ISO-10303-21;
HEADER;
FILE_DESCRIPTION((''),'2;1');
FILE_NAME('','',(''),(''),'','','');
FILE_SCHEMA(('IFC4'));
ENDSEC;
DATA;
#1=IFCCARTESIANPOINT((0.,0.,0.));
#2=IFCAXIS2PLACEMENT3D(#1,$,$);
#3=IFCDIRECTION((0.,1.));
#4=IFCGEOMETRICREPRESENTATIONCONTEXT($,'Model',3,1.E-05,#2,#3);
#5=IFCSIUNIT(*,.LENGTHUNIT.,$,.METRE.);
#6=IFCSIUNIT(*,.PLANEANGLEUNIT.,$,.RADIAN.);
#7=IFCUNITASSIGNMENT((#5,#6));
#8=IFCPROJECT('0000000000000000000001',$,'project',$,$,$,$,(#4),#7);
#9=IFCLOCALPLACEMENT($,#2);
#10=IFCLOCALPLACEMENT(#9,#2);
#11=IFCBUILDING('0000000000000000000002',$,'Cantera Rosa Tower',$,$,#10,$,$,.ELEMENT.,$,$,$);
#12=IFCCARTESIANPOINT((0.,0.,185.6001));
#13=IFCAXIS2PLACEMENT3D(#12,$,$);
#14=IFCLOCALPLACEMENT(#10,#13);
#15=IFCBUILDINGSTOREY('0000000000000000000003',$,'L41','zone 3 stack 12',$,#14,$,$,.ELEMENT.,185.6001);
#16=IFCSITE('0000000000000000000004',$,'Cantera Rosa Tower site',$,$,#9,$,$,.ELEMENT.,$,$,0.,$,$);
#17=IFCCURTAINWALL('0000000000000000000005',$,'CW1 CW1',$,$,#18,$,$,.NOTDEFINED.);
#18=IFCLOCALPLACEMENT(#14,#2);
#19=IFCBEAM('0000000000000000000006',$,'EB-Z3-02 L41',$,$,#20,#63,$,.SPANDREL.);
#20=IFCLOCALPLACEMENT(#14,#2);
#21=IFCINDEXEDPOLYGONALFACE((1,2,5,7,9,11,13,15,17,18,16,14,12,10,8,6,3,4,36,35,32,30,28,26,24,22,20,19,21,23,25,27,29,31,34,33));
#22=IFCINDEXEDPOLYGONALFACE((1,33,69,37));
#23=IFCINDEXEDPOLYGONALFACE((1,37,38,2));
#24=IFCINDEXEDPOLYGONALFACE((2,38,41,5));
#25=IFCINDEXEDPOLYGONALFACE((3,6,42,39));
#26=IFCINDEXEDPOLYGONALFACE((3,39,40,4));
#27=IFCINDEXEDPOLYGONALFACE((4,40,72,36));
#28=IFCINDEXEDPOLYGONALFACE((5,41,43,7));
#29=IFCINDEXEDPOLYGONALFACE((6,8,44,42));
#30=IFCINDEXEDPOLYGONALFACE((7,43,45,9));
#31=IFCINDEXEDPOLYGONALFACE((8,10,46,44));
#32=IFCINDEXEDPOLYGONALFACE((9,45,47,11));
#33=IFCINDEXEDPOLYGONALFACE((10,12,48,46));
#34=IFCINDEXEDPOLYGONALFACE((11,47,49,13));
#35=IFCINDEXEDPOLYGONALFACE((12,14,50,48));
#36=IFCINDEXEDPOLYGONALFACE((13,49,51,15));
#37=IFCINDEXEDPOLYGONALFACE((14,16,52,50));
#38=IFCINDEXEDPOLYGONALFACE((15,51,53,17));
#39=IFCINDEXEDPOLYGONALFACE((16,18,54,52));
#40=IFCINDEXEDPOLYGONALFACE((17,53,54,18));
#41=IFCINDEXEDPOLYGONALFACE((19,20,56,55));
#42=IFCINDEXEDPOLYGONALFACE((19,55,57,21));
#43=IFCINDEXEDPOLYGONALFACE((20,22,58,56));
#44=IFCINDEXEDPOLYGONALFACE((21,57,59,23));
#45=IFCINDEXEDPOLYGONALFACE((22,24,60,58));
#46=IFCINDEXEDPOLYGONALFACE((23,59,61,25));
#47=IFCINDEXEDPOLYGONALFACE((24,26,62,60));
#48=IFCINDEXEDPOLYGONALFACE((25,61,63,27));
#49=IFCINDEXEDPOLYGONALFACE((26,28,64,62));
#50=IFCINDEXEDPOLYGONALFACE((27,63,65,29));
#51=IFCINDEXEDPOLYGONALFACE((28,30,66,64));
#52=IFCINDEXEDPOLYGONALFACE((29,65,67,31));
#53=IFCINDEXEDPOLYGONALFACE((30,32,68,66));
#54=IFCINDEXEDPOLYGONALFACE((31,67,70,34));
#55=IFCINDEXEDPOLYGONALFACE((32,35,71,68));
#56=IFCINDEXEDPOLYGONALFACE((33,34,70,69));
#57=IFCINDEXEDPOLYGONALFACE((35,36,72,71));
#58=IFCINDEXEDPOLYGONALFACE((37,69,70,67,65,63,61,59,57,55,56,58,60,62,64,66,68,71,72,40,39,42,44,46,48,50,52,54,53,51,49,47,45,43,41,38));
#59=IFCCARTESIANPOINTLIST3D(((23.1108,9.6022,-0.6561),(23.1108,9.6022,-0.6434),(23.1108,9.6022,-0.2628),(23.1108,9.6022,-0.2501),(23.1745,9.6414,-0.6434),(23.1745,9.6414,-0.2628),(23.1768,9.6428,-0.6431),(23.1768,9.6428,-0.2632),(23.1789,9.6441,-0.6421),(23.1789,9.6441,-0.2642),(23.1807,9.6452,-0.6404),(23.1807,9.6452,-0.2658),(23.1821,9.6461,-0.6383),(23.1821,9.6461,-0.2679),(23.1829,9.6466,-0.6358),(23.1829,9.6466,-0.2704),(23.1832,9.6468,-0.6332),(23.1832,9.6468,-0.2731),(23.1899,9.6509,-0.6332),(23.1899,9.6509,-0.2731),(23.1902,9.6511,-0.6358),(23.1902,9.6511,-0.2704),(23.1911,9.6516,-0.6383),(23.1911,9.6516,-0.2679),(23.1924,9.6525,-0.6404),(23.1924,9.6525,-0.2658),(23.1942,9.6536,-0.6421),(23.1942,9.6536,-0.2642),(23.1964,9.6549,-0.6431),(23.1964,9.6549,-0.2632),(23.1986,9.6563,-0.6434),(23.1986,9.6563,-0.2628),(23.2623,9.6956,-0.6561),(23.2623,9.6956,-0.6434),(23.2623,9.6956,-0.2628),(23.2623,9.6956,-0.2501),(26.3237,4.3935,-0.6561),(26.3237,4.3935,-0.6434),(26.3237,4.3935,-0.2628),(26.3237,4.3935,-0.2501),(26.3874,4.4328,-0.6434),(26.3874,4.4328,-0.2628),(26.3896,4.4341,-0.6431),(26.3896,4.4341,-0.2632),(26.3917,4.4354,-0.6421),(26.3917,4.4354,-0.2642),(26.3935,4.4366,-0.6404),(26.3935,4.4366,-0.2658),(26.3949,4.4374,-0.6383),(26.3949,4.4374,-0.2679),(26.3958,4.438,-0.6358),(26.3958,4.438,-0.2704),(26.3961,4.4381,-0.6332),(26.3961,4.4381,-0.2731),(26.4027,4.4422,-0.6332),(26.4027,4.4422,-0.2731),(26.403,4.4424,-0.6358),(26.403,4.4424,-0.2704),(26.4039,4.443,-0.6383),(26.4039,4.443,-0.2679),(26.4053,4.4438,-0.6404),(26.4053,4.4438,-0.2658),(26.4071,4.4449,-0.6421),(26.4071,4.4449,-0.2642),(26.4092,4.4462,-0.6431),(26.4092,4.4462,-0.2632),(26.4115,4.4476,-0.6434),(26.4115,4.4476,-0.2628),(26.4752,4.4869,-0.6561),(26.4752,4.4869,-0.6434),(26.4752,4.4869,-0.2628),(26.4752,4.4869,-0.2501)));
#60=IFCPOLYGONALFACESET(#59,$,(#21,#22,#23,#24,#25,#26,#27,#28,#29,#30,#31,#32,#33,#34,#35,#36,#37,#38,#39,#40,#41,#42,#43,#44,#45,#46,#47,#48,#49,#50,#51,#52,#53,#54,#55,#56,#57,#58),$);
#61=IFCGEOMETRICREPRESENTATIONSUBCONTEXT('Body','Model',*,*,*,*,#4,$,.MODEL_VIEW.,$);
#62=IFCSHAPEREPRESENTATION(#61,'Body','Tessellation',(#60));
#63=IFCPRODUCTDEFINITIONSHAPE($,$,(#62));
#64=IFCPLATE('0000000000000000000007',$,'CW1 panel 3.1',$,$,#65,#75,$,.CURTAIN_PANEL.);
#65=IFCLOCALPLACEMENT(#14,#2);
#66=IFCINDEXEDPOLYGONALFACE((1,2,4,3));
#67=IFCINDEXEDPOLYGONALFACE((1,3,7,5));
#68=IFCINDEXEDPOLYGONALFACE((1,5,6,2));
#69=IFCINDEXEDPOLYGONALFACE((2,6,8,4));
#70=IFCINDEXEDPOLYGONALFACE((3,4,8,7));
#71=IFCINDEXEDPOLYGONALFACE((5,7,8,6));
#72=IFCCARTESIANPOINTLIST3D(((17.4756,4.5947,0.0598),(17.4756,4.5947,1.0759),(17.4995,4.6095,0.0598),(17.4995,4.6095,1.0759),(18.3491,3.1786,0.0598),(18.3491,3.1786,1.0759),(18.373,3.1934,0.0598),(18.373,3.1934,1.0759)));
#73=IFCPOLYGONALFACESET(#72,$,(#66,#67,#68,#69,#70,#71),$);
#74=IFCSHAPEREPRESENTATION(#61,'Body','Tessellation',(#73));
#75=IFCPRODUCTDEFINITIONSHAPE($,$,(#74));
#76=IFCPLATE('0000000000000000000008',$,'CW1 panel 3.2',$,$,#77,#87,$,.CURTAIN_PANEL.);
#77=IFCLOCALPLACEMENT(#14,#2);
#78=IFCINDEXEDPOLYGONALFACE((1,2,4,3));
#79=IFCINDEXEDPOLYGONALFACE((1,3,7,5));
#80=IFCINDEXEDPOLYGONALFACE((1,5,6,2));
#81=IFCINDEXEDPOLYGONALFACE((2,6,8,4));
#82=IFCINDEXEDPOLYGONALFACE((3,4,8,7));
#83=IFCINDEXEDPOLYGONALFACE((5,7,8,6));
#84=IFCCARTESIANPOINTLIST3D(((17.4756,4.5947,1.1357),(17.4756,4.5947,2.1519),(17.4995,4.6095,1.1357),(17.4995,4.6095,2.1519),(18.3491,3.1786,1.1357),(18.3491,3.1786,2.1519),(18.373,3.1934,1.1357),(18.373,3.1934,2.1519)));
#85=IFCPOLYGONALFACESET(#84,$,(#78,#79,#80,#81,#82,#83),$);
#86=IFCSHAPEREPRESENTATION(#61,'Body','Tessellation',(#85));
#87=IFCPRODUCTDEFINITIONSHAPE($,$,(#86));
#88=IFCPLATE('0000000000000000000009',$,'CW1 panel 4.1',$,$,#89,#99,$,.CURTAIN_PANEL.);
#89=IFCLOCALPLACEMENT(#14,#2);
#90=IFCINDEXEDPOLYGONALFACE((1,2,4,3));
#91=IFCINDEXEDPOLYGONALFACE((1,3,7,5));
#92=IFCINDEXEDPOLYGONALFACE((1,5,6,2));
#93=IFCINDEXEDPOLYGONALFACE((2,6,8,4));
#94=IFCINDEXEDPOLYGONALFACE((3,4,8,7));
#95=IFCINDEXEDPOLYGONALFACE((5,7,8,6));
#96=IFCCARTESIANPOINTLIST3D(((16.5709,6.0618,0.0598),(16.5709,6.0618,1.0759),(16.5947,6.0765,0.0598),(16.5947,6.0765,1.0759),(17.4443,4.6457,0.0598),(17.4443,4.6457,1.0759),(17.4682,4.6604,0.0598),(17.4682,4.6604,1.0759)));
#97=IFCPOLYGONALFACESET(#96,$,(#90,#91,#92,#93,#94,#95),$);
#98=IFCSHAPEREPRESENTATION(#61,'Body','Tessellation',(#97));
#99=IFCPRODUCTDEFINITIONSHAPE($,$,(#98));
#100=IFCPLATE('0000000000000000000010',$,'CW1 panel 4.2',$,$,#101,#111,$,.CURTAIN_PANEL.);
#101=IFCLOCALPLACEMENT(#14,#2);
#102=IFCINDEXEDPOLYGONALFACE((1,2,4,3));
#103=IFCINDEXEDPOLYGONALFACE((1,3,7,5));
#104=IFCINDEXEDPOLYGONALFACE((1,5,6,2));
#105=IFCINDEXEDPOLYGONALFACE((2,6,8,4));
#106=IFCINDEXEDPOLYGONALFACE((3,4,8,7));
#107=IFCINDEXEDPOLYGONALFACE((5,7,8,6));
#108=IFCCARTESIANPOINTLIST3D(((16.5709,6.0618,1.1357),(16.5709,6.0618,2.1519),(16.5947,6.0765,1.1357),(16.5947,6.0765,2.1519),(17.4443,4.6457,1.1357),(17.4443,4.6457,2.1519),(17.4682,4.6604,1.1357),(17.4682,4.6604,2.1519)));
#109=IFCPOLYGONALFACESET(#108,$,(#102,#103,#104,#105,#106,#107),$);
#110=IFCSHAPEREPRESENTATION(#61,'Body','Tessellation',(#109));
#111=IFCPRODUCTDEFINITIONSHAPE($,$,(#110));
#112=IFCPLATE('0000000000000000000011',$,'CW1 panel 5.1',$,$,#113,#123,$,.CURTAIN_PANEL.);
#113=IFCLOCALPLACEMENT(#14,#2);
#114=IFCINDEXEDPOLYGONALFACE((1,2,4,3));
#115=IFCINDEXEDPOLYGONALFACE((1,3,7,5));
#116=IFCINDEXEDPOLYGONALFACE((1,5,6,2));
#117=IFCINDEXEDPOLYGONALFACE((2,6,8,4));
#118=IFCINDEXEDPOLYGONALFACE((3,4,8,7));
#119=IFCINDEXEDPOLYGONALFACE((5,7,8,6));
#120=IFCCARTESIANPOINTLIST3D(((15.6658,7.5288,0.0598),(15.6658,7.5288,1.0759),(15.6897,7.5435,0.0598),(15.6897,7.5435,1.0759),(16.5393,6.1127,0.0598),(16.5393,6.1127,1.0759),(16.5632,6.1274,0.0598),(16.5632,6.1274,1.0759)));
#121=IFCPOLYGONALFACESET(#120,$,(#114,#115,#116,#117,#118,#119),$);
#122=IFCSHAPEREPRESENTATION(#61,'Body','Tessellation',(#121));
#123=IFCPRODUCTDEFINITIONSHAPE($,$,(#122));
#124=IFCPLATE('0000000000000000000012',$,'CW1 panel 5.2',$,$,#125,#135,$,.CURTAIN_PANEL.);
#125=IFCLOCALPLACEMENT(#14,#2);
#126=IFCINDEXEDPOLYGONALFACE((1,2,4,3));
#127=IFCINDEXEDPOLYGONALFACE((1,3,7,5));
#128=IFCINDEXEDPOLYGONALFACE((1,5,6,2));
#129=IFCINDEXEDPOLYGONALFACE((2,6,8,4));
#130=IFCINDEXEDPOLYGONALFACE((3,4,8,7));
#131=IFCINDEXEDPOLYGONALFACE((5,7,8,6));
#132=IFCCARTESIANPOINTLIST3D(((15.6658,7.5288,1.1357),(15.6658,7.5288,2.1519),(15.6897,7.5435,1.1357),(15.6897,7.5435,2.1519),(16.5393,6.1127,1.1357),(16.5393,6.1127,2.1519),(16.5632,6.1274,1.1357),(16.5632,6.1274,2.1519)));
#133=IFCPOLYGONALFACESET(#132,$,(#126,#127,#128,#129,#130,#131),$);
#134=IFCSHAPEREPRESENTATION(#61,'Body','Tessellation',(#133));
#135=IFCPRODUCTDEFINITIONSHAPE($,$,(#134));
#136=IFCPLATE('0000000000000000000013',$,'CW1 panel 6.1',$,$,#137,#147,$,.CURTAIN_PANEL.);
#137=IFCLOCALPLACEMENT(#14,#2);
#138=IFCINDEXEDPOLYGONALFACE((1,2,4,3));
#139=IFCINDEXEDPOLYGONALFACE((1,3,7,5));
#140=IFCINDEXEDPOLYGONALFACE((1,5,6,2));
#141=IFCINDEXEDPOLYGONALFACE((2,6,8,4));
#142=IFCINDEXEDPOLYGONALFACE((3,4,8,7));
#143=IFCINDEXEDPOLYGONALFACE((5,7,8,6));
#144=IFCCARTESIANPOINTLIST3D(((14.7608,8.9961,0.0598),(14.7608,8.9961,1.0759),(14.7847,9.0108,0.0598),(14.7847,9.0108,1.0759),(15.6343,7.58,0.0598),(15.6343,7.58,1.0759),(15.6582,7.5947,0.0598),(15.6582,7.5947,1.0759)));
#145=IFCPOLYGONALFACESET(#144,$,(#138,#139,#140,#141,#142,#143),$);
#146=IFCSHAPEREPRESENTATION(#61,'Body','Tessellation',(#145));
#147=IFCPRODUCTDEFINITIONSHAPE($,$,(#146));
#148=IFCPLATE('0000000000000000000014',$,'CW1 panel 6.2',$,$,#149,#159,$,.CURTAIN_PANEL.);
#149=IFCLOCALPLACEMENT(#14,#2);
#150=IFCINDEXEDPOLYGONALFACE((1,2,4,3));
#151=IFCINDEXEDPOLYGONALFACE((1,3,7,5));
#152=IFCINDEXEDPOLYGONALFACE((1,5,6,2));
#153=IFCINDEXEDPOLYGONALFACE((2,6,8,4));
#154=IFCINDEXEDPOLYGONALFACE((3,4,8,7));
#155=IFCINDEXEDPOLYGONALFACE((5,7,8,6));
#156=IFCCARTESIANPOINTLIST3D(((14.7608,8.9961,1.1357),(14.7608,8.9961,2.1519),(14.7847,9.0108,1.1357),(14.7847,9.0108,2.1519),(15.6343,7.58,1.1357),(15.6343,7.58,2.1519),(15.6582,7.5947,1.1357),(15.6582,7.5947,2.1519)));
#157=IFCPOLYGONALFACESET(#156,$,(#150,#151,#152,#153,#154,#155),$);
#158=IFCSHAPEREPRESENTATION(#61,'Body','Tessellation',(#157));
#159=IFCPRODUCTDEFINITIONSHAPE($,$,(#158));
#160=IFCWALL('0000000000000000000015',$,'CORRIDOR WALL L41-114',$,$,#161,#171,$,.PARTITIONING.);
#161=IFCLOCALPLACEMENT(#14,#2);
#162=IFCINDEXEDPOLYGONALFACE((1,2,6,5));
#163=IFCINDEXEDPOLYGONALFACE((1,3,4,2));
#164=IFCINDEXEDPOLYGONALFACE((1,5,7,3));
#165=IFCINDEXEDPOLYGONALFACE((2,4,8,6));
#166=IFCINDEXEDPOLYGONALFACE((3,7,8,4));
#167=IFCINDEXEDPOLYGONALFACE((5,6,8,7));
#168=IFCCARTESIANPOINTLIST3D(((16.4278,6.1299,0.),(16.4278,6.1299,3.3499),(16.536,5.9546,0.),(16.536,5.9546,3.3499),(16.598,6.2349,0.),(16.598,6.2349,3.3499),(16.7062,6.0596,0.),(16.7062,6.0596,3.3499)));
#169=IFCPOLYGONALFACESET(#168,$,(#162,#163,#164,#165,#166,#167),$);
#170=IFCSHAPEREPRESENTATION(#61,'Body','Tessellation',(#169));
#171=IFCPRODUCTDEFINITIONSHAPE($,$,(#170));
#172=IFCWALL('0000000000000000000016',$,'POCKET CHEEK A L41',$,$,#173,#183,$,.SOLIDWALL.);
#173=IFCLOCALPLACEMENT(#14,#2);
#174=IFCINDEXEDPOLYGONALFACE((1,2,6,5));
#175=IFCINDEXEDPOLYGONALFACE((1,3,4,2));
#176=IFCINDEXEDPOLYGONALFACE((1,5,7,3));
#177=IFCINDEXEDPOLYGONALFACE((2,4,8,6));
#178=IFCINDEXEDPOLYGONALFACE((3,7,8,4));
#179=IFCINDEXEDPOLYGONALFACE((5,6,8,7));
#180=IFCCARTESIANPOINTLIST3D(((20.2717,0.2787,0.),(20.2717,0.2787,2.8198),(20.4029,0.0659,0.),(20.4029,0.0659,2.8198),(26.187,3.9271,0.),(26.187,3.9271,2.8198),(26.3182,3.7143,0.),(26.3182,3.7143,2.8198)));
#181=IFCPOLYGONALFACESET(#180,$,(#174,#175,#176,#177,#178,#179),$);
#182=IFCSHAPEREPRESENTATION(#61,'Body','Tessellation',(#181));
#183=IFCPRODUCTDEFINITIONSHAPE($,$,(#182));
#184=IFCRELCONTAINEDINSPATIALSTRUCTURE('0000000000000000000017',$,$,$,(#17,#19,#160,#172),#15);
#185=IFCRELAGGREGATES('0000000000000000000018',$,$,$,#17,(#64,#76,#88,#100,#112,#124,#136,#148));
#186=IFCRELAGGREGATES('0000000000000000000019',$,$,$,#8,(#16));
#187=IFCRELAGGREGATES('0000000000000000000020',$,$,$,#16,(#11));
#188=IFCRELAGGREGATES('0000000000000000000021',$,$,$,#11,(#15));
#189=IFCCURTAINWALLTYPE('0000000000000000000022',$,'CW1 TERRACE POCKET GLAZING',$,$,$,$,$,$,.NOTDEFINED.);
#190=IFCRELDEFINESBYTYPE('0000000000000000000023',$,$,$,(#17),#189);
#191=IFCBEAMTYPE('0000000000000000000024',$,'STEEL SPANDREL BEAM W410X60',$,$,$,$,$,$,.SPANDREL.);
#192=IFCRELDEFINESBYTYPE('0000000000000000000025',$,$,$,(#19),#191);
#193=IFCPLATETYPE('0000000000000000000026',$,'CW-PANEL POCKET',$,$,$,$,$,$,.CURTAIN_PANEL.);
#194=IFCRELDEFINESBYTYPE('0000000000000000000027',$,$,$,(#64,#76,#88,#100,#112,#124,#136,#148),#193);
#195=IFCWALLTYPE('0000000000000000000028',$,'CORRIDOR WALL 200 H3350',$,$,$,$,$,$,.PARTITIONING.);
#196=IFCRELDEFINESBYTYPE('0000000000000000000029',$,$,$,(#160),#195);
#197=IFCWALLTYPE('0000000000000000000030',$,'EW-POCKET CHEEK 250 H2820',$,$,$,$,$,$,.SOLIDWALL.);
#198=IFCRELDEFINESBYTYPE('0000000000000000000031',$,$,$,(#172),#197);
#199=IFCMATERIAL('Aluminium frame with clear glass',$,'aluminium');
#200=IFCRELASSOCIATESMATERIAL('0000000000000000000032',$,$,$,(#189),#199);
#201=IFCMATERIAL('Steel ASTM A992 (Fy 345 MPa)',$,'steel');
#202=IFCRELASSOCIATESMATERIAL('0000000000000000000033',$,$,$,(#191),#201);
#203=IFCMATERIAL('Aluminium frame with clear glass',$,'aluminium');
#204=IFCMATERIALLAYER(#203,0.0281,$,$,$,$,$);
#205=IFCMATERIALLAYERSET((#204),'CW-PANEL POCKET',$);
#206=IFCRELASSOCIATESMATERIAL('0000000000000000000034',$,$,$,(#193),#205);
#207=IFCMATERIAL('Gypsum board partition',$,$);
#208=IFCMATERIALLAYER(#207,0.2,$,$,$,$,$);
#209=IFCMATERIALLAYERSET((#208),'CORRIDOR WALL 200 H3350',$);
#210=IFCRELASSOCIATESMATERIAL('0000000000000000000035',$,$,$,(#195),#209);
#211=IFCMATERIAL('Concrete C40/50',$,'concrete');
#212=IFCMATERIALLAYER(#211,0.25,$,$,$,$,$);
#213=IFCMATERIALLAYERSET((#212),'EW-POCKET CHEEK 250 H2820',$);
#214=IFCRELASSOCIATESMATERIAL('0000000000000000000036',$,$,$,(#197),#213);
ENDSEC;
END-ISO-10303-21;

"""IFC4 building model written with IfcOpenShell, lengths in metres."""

from ifc_helpers import new_model, si_unit, direction, frame, frame_2d, origin, origin_2d, place, context, subcontext, project, spatial, rectangle, i_section, extrude, material, layer, layer_set, material_profile, profile_set, type_object, element, aggregate, save


model = new_model("IFC4")

# Units and contexts
model_context = context("Model", 3, precision=1e-05, world=origin(), true_north=direction((0.0, 1.0)))
body_context = subcontext(model_context, "Body", "Model", "MODEL_VIEW")
ifc_project = project(units=[si_unit("LENGTHUNIT", "METRE"), si_unit("PLANEANGLEUNIT", "RADIAN")], contexts=[model_context])

# Site, building, storey
site_placement = place(None, origin())
site = spatial("IfcSite", under=ifc_project, at=site_placement, Name="Cantera Rosa Tower site", CompositionType="ELEMENT", RefElevation=0.0)
building_placement = place(site_placement, origin())
building = spatial("IfcBuilding", under=site, at=building_placement, Name="Cantera Rosa Tower", CompositionType="ELEMENT")
storey_placement = place(building_placement, frame((0.0, 0.0, 185.6001)))
storey = spatial("IfcBuildingStorey", under=building, at=storey_placement, Name="L41", Description="zone 3 stack 12", CompositionType="ELEMENT", Elevation=185.6001)

# Curtain wall
ifc_material_1 = material(Name="Aluminium frame with clear glass", Category="aluminium")
curtain_wall_type = type_object("IfcCurtainWallType", Name="CW1 TERRACE POCKET GLAZING", PredefinedType="NOTDEFINED", material=ifc_material_1)
curtain_wall_placement = place(storey_placement, origin())
curtain_wall = element("IfcCurtainWall", 1, at=curtain_wall_placement, inside=storey, type_object=curtain_wall_type, Name="CW1 CW1", PredefinedType="NOTDEFINED")

# Beam
ifc_material_2 = material(Name="Steel ASTM A992 (Fy 345 MPa)", Category="steel")
ifc_material_profile_1 = material_profile(ifc_material_2, i_section(OverallWidth=0.178, OverallDepth=0.406, WebThickness=0.0078, FlangeThickness=0.0127, FilletRadius=0.0103, at=origin_2d()), Name="W410X60")
ifc_profile_set_1 = profile_set([ifc_material_profile_1], Name="Steel ASTM A992 (Fy 345 MPa)")
beam_type = type_object("IfcBeamType", Name="STEEL SPANDREL BEAM W410X60", PredefinedType="SPANDREL", material=ifc_profile_set_1)
beam_placement = place(storey_placement, frame((26.3994, 4.4402, -0.4531), z_axis=(-0.524987, 0.85111, 0.0), x_axis=(-0.85111, -0.524987, 0.0)))
element("IfcBeam", 2, at=beam_placement, inside=storey, type_object=beam_type, Name="EB-Z3-02 L41", PredefinedType="SPANDREL", context=body_context, shape_type="SweptSolid", body=[
    extrude(i_section(OverallWidth=0.178, OverallDepth=0.406, WebThickness=0.0078, FlangeThickness=0.0127, FilletRadius=0.0103, at=origin_2d()), origin(), (0.0, 0.0, 1.0), 6.1199),
])

# Plates
ifc_material_3 = material(Name="Aluminium frame with clear glass", Category="aluminium")
ifc_layer_1 = layer(ifc_material_3, 0.0281)
ifc_layer_set_1 = layer_set([ifc_layer_1], Name="CW-PANEL POCKET")
plate_type = type_object("IfcPlateType", Name="CW-PANEL POCKET", PredefinedType="CURTAIN_PANEL", material=ifc_layer_set_1)
plate_1_placement = place(storey_placement, frame((17.9243, 3.894, 0.0598), z_axis=(0.0, 0.0, 1.0), x_axis=(-0.524977, 0.851117, 0.0)))
plate_1 = element("IfcPlate", 3, at=plate_1_placement, type_object=plate_type, Name="CW1 panel 3.1", PredefinedType="CURTAIN_PANEL", context=body_context, shape_type="SweptSolid", body=[
    extrude(rectangle(XDim=1.6638, YDim=0.0281, at=origin_2d()), origin(), (0.0, 0.0, 1.0), 1.0161),
])
plate_2_placement = place(storey_placement, frame((17.9243, 3.894, 1.1357), z_axis=(0.0, 0.0, 1.0), x_axis=(-0.524977, 0.851117, 0.0)))
plate_2 = element("IfcPlate", 4, at=plate_2_placement, type_object=plate_type, Name="CW1 panel 3.2", PredefinedType="CURTAIN_PANEL", context=body_context, shape_type="SweptSolid", body=[
    extrude(rectangle(XDim=1.6638, YDim=0.0281, at=origin_2d()), origin(), (0.0, 0.0, 1.0), 1.0161),
])
plate_3_placement = place(storey_placement, frame((17.0195, 5.3611, 0.0598), z_axis=(0.0, 0.0, 1.0), x_axis=(-0.524977, 0.851117, 0.0)))
plate_3 = element("IfcPlate", 5, at=plate_3_placement, type_object=plate_type, Name="CW1 panel 4.1", PredefinedType="CURTAIN_PANEL", context=body_context, shape_type="SweptSolid", body=[
    extrude(rectangle(XDim=1.6638, YDim=0.0281, at=origin_2d()), origin(), (0.0, 0.0, 1.0), 1.0161),
])
plate_4_placement = place(storey_placement, frame((17.0195, 5.3611, 1.1357), z_axis=(0.0, 0.0, 1.0), x_axis=(-0.524977, 0.851117, 0.0)))
plate_4 = element("IfcPlate", 6, at=plate_4_placement, type_object=plate_type, Name="CW1 panel 4.2", PredefinedType="CURTAIN_PANEL", context=body_context, shape_type="SweptSolid", body=[
    extrude(rectangle(XDim=1.6638, YDim=0.0281, at=origin_2d()), origin(), (0.0, 0.0, 1.0), 1.0161),
])
plate_5_placement = place(storey_placement, frame((16.1145, 6.8281, 0.0598), z_axis=(0.0, 0.0, 1.0), x_axis=(-0.524977, 0.851117, 0.0)))
plate_5 = element("IfcPlate", 7, at=plate_5_placement, type_object=plate_type, Name="CW1 panel 5.1", PredefinedType="CURTAIN_PANEL", context=body_context, shape_type="SweptSolid", body=[
    extrude(rectangle(XDim=1.6638, YDim=0.0281, at=origin_2d()), origin(), (0.0, 0.0, 1.0), 1.0161),
])
plate_6_placement = place(storey_placement, frame((16.1145, 6.8281, 1.1357), z_axis=(0.0, 0.0, 1.0), x_axis=(-0.524977, 0.851117, 0.0)))
plate_6 = element("IfcPlate", 8, at=plate_6_placement, type_object=plate_type, Name="CW1 panel 5.2", PredefinedType="CURTAIN_PANEL", context=body_context, shape_type="SweptSolid", body=[
    extrude(rectangle(XDim=1.6638, YDim=0.0281, at=origin_2d()), origin(), (0.0, 0.0, 1.0), 1.0161),
])
plate_7_placement = place(storey_placement, frame((15.2095, 8.2954, 0.0598), z_axis=(0.0, 0.0, 1.0), x_axis=(-0.524977, 0.851117, 0.0)))
plate_7 = element("IfcPlate", 9, at=plate_7_placement, type_object=plate_type, Name="CW1 panel 6.1", PredefinedType="CURTAIN_PANEL", context=body_context, shape_type="SweptSolid", body=[
    extrude(rectangle(XDim=1.6638, YDim=0.0281, at=origin_2d()), origin(), (0.0, 0.0, 1.0), 1.0161),
])
plate_8_placement = place(storey_placement, frame((15.2095, 8.2954, 1.1357), z_axis=(0.0, 0.0, 1.0), x_axis=(-0.524977, 0.851117, 0.0)))
plate_8 = element("IfcPlate", 10, at=plate_8_placement, type_object=plate_type, Name="CW1 panel 6.2", PredefinedType="CURTAIN_PANEL", context=body_context, shape_type="SweptSolid", body=[
    extrude(rectangle(XDim=1.6638, YDim=0.0281, at=origin_2d()), origin(), (0.0, 0.0, 1.0), 1.0161),
])
aggregate(curtain_wall, [plate_1, plate_2, plate_3, plate_4, plate_5, plate_6, plate_7, plate_8])

# Walls
ifc_material_4 = material(Name="Gypsum board partition")
ifc_layer_2 = layer(ifc_material_4, 0.2)
ifc_layer_set_2 = layer_set([ifc_layer_2], Name="CORRIDOR WALL 200 H3350")
wall_type_1 = type_object("IfcWallType", Name="CORRIDOR WALL 200 H3350", PredefinedType="PARTITIONING", material=ifc_layer_set_2)
wall_1_placement = place(storey_placement, frame((16.6211, 6.0071, 0.0), z_axis=(0.0, 0.0, 1.0), x_axis=(-0.525089, 0.851047, 0.0)))
element("IfcWall", 11, at=wall_1_placement, inside=storey, type_object=wall_type_1, Name="CORRIDOR WALL L41-114", PredefinedType="PARTITIONING", context=body_context, shape_type="SweptSolid", body=[
    extrude(rectangle(XDim=0.2061, YDim=0.2, at=frame_2d((0.103, 0.0))), origin(), (0.0, 0.0, 1.0), 3.3499),
])
ifc_material_5 = material(Name="Concrete C40/50", Category="concrete")
ifc_layer_3 = layer(ifc_material_5, 0.25)
ifc_layer_set_3 = layer_set([ifc_layer_3], Name="EW-POCKET CHEEK 250 H2820")
wall_type_2 = type_object("IfcWallType", Name="EW-POCKET CHEEK 250 H2820", PredefinedType="SOLIDWALL", material=ifc_layer_set_3)
wall_2_placement = place(storey_placement, frame((26.2527, 3.8208, 0.0), z_axis=(0.0, 0.0, 1.0), x_axis=(-0.851127, -0.52496, 0.0)))
element("IfcWall", 12, at=wall_2_placement, inside=storey, type_object=wall_type_2, Name="POCKET CHEEK A L41", PredefinedType="SOLIDWALL", context=body_context, shape_type="SweptSolid", body=[
    extrude(rectangle(XDim=6.95, YDim=0.25, at=frame_2d((3.4751, 0.0))), origin(), (0.0, 0.0, 1.0), 2.8198),
])

save(model, "model.ifc")
